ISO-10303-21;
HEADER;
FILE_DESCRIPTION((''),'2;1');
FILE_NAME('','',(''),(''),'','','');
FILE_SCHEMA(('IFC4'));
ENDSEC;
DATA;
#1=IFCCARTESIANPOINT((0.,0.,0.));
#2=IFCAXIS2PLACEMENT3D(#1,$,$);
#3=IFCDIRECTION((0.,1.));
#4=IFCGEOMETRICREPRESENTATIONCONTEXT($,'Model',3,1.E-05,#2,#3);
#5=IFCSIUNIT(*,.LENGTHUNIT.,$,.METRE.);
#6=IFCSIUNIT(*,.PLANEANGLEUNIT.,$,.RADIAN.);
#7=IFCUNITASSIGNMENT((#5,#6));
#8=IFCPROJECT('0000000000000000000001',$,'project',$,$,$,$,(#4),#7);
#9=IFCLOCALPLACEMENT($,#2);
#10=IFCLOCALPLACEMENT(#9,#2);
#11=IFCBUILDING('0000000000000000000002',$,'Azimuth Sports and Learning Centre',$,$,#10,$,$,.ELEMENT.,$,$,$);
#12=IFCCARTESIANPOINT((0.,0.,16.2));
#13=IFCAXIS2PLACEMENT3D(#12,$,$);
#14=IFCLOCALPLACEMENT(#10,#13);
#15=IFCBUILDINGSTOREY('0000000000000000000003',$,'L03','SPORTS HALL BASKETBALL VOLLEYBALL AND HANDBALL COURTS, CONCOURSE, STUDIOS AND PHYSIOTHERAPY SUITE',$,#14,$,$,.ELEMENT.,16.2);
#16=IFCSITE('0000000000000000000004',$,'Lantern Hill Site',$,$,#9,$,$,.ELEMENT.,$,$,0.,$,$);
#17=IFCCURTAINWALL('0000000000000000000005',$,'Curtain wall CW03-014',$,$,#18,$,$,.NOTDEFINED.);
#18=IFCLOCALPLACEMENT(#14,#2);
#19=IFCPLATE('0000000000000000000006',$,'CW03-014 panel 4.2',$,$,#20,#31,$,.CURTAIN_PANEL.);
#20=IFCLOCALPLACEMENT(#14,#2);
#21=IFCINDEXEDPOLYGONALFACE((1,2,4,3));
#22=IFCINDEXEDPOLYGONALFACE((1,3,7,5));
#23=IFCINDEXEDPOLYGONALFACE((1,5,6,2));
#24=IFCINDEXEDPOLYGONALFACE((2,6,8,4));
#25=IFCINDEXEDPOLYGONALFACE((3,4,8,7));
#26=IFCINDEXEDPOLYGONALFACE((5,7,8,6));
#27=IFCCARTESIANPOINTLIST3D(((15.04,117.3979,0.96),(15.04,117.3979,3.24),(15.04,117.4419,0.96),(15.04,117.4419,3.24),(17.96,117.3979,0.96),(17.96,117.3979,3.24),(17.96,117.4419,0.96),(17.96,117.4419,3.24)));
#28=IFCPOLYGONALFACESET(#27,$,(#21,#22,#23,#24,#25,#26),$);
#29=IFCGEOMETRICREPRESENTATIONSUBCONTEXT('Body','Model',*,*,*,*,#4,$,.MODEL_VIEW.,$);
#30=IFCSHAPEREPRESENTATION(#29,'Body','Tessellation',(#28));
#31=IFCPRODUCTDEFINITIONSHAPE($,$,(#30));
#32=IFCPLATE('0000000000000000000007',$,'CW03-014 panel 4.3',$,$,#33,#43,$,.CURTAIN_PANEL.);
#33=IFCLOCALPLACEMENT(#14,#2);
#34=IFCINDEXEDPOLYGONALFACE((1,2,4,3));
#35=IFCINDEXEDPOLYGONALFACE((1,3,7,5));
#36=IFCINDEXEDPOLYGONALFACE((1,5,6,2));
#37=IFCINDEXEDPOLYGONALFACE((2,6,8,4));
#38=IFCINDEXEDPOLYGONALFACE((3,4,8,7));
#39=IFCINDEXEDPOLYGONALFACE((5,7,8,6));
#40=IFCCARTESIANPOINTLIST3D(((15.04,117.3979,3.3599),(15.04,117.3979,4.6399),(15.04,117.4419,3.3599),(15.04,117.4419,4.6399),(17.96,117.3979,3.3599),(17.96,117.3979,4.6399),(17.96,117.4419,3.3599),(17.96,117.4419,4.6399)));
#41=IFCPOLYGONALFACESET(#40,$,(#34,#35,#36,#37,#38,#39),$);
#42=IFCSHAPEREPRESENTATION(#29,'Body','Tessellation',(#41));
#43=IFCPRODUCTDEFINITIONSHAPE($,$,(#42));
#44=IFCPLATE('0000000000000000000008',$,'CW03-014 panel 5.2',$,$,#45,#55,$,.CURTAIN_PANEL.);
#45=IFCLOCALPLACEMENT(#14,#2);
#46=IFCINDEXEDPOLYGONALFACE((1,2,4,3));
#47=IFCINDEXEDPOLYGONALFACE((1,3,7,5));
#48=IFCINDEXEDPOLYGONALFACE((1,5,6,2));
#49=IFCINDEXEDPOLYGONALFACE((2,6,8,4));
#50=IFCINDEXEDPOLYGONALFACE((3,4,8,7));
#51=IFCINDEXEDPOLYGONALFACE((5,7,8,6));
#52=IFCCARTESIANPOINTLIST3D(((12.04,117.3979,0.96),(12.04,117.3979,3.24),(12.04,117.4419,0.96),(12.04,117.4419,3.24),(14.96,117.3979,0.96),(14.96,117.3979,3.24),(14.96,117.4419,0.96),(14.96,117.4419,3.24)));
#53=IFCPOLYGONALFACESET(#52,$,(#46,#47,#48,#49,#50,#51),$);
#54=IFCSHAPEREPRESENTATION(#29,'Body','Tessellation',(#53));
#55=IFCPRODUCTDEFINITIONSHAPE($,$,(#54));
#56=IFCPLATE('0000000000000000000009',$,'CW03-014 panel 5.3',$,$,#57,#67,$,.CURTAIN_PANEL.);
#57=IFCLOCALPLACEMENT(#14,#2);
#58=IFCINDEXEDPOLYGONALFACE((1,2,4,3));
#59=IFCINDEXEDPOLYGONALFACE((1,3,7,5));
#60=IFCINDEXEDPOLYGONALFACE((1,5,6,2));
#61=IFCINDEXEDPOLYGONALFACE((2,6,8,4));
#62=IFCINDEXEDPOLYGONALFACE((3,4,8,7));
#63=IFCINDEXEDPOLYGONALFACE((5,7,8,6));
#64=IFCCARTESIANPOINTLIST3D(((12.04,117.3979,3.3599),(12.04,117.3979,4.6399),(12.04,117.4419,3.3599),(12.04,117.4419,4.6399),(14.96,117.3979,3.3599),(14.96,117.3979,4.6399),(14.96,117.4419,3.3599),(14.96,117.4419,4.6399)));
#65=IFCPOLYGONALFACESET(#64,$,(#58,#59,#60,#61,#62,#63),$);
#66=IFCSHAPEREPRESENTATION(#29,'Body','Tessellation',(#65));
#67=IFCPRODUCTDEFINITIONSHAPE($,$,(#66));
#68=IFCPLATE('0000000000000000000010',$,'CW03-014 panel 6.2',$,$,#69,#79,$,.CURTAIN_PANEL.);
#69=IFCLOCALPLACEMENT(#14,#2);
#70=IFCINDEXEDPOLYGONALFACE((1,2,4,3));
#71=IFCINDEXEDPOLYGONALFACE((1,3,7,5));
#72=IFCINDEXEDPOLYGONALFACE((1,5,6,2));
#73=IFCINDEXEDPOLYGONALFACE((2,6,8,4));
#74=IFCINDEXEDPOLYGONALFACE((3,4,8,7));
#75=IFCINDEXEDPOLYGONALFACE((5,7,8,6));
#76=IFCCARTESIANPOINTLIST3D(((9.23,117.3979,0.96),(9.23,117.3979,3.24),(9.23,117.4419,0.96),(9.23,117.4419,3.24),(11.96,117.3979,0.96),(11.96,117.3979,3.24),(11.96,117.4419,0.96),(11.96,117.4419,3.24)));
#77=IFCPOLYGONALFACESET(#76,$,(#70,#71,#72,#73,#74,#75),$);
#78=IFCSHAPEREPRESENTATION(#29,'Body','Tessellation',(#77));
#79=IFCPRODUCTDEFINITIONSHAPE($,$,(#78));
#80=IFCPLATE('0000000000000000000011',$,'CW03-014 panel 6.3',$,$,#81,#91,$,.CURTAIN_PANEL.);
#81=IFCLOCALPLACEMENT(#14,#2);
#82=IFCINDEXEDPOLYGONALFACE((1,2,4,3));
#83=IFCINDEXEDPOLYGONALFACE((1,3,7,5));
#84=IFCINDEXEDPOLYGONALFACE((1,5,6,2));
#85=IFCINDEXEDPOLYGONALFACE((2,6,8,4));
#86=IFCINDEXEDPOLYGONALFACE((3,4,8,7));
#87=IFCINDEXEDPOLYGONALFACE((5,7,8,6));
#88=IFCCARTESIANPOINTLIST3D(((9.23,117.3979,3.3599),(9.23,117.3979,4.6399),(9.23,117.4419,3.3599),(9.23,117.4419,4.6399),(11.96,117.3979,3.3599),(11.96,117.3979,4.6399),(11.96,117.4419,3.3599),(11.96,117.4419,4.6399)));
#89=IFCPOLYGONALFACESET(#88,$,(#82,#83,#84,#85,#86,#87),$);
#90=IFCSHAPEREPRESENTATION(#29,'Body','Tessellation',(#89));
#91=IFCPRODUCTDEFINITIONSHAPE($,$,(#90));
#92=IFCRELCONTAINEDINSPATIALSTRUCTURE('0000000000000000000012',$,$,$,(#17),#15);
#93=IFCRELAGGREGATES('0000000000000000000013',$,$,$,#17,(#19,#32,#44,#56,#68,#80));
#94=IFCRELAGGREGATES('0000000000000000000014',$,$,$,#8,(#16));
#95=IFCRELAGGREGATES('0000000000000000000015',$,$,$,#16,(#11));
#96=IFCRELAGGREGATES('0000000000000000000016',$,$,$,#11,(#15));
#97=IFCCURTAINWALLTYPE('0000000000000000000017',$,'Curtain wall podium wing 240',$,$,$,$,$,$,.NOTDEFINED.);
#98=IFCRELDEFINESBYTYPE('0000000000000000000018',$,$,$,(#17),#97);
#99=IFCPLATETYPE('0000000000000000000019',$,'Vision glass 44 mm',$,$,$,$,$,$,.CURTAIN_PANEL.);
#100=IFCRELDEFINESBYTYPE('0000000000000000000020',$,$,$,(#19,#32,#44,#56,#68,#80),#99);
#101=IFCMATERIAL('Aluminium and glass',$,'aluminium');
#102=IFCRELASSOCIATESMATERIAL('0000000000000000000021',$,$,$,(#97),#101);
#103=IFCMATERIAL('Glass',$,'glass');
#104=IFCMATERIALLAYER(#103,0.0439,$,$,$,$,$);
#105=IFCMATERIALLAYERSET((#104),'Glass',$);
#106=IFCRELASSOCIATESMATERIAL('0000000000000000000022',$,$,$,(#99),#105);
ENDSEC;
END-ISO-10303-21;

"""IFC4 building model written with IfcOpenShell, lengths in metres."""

from ifc_helpers import new_model, si_unit, direction, frame, origin, origin_2d, place, context, subcontext, project, spatial, rectangle, extrude, material, layer, layer_set, type_object, element, aggregate, save


model = new_model("IFC4")

# Units and contexts
model_context = context("Model", 3, precision=1e-05, world=origin(), true_north=direction((0.0, 1.0)))
body_context = subcontext(model_context, "Body", "Model", "MODEL_VIEW")
ifc_project = project(units=[si_unit("LENGTHUNIT", "METRE"), si_unit("PLANEANGLEUNIT", "RADIAN")], contexts=[model_context])

# Site, building, storey
site_placement = place(None, origin())
site = spatial("IfcSite", under=ifc_project, at=site_placement, Name="Lantern Hill Site", CompositionType="ELEMENT", RefElevation=0.0)
building_placement = place(site_placement, origin())
building = spatial("IfcBuilding", under=site, at=building_placement, Name="Azimuth Sports and Learning Centre", CompositionType="ELEMENT")
storey_placement = place(building_placement, frame((0.0, 0.0, 16.2)))
storey = spatial("IfcBuildingStorey", under=building, at=storey_placement, Name="L03", Description="SPORTS HALL BASKETBALL VOLLEYBALL AND HANDBALL COURTS, CONCOURSE, STUDIOS AND PHYSIOTHERAPY SUITE", CompositionType="ELEMENT", Elevation=16.2)

# Curtain wall, plates
ifc_material_1 = material(Name="Aluminium and glass", Category="aluminium")
curtain_wall_type = type_object("IfcCurtainWallType", Name="Curtain wall podium wing 240", PredefinedType="NOTDEFINED", material=ifc_material_1)
curtain_wall_placement = place(storey_placement, origin())
curtain_wall = element("IfcCurtainWall", 1, at=curtain_wall_placement, inside=storey, type_object=curtain_wall_type, Name="Curtain wall CW03-014", PredefinedType="NOTDEFINED")
ifc_material_2 = material(Name="Glass", Category="glass")
ifc_layer_1 = layer(ifc_material_2, 0.0439)
ifc_layer_set_1 = layer_set([ifc_layer_1], Name="Glass")
plate_type_1 = type_object("IfcPlateType", Name="Vision glass 44 mm", PredefinedType="CURTAIN_PANEL", material=ifc_layer_set_1)
plate_1_placement = place(storey_placement, frame((16.5, 117.4199, 0.96), z_axis=(0.0, 0.0, 1.0), x_axis=(-1.0, 0.0, 0.0)))
plate_1 = element("IfcPlate", 2, at=plate_1_placement, type_object=plate_type_1, Name="CW03-014 panel 4.2", PredefinedType="CURTAIN_PANEL", context=body_context, shape_type="SweptSolid", body=[
    extrude(rectangle(XDim=2.9199, YDim=0.0439, at=origin_2d()), origin(), (0.0, 0.0, 1.0), 2.28),
])
plate_2_placement = place(storey_placement, frame((16.5, 117.4199, 3.3599), z_axis=(0.0, 0.0, 1.0), x_axis=(-1.0, 0.0, 0.0)))
plate_2 = element("IfcPlate", 3, at=plate_2_placement, type_object=plate_type_1, Name="CW03-014 panel 4.3", PredefinedType="CURTAIN_PANEL", context=body_context, shape_type="SweptSolid", body=[
    extrude(rectangle(XDim=2.9199, YDim=0.0439, at=origin_2d()), origin(), (0.0, 0.0, 1.0), 1.28),
])
plate_3_placement = place(storey_placement, frame((13.5, 117.4199, 0.96), z_axis=(0.0, 0.0, 1.0), x_axis=(-1.0, 0.0, 0.0)))
plate_3 = element("IfcPlate", 4, at=plate_3_placement, type_object=plate_type_1, Name="CW03-014 panel 5.2", PredefinedType="CURTAIN_PANEL", context=body_context, shape_type="SweptSolid", body=[
    extrude(rectangle(XDim=2.9199, YDim=0.0439, at=origin_2d()), origin(), (0.0, 0.0, 1.0), 2.28),
])
plate_4_placement = place(storey_placement, frame((13.5, 117.4199, 3.3599), z_axis=(0.0, 0.0, 1.0), x_axis=(-1.0, 0.0, 0.0)))
plate_4 = element("IfcPlate", 5, at=plate_4_placement, type_object=plate_type_1, Name="CW03-014 panel 5.3", PredefinedType="CURTAIN_PANEL", context=body_context, shape_type="SweptSolid", body=[
    extrude(rectangle(XDim=2.9199, YDim=0.0439, at=origin_2d()), origin(), (0.0, 0.0, 1.0), 1.28),
])
plate_5_placement = place(storey_placement, frame((10.595, 117.4199, 0.96), z_axis=(0.0, 0.0, 1.0), x_axis=(-1.0, 0.0, 0.0)))
plate_5 = element("IfcPlate", 6, at=plate_5_placement, type_object=plate_type_1, Name="CW03-014 panel 6.2", PredefinedType="CURTAIN_PANEL", context=body_context, shape_type="SweptSolid", body=[
    extrude(rectangle(XDim=2.73, YDim=0.0439, at=origin_2d()), origin(), (0.0, 0.0, 1.0), 2.28),
])
plate_6_placement = place(storey_placement, frame((10.595, 117.4199, 3.3599), z_axis=(0.0, 0.0, 1.0), x_axis=(-1.0, 0.0, 0.0)))
plate_6 = element("IfcPlate", 7, at=plate_6_placement, type_object=plate_type_1, Name="CW03-014 panel 6.3", PredefinedType="CURTAIN_PANEL", context=body_context, shape_type="SweptSolid", body=[
    extrude(rectangle(XDim=2.73, YDim=0.0439, at=origin_2d()), origin(), (0.0, 0.0, 1.0), 1.28),
])
aggregate(curtain_wall, [plate_1, plate_2, plate_3, plate_4, plate_5, plate_6])

save(model, "model.ifc")
